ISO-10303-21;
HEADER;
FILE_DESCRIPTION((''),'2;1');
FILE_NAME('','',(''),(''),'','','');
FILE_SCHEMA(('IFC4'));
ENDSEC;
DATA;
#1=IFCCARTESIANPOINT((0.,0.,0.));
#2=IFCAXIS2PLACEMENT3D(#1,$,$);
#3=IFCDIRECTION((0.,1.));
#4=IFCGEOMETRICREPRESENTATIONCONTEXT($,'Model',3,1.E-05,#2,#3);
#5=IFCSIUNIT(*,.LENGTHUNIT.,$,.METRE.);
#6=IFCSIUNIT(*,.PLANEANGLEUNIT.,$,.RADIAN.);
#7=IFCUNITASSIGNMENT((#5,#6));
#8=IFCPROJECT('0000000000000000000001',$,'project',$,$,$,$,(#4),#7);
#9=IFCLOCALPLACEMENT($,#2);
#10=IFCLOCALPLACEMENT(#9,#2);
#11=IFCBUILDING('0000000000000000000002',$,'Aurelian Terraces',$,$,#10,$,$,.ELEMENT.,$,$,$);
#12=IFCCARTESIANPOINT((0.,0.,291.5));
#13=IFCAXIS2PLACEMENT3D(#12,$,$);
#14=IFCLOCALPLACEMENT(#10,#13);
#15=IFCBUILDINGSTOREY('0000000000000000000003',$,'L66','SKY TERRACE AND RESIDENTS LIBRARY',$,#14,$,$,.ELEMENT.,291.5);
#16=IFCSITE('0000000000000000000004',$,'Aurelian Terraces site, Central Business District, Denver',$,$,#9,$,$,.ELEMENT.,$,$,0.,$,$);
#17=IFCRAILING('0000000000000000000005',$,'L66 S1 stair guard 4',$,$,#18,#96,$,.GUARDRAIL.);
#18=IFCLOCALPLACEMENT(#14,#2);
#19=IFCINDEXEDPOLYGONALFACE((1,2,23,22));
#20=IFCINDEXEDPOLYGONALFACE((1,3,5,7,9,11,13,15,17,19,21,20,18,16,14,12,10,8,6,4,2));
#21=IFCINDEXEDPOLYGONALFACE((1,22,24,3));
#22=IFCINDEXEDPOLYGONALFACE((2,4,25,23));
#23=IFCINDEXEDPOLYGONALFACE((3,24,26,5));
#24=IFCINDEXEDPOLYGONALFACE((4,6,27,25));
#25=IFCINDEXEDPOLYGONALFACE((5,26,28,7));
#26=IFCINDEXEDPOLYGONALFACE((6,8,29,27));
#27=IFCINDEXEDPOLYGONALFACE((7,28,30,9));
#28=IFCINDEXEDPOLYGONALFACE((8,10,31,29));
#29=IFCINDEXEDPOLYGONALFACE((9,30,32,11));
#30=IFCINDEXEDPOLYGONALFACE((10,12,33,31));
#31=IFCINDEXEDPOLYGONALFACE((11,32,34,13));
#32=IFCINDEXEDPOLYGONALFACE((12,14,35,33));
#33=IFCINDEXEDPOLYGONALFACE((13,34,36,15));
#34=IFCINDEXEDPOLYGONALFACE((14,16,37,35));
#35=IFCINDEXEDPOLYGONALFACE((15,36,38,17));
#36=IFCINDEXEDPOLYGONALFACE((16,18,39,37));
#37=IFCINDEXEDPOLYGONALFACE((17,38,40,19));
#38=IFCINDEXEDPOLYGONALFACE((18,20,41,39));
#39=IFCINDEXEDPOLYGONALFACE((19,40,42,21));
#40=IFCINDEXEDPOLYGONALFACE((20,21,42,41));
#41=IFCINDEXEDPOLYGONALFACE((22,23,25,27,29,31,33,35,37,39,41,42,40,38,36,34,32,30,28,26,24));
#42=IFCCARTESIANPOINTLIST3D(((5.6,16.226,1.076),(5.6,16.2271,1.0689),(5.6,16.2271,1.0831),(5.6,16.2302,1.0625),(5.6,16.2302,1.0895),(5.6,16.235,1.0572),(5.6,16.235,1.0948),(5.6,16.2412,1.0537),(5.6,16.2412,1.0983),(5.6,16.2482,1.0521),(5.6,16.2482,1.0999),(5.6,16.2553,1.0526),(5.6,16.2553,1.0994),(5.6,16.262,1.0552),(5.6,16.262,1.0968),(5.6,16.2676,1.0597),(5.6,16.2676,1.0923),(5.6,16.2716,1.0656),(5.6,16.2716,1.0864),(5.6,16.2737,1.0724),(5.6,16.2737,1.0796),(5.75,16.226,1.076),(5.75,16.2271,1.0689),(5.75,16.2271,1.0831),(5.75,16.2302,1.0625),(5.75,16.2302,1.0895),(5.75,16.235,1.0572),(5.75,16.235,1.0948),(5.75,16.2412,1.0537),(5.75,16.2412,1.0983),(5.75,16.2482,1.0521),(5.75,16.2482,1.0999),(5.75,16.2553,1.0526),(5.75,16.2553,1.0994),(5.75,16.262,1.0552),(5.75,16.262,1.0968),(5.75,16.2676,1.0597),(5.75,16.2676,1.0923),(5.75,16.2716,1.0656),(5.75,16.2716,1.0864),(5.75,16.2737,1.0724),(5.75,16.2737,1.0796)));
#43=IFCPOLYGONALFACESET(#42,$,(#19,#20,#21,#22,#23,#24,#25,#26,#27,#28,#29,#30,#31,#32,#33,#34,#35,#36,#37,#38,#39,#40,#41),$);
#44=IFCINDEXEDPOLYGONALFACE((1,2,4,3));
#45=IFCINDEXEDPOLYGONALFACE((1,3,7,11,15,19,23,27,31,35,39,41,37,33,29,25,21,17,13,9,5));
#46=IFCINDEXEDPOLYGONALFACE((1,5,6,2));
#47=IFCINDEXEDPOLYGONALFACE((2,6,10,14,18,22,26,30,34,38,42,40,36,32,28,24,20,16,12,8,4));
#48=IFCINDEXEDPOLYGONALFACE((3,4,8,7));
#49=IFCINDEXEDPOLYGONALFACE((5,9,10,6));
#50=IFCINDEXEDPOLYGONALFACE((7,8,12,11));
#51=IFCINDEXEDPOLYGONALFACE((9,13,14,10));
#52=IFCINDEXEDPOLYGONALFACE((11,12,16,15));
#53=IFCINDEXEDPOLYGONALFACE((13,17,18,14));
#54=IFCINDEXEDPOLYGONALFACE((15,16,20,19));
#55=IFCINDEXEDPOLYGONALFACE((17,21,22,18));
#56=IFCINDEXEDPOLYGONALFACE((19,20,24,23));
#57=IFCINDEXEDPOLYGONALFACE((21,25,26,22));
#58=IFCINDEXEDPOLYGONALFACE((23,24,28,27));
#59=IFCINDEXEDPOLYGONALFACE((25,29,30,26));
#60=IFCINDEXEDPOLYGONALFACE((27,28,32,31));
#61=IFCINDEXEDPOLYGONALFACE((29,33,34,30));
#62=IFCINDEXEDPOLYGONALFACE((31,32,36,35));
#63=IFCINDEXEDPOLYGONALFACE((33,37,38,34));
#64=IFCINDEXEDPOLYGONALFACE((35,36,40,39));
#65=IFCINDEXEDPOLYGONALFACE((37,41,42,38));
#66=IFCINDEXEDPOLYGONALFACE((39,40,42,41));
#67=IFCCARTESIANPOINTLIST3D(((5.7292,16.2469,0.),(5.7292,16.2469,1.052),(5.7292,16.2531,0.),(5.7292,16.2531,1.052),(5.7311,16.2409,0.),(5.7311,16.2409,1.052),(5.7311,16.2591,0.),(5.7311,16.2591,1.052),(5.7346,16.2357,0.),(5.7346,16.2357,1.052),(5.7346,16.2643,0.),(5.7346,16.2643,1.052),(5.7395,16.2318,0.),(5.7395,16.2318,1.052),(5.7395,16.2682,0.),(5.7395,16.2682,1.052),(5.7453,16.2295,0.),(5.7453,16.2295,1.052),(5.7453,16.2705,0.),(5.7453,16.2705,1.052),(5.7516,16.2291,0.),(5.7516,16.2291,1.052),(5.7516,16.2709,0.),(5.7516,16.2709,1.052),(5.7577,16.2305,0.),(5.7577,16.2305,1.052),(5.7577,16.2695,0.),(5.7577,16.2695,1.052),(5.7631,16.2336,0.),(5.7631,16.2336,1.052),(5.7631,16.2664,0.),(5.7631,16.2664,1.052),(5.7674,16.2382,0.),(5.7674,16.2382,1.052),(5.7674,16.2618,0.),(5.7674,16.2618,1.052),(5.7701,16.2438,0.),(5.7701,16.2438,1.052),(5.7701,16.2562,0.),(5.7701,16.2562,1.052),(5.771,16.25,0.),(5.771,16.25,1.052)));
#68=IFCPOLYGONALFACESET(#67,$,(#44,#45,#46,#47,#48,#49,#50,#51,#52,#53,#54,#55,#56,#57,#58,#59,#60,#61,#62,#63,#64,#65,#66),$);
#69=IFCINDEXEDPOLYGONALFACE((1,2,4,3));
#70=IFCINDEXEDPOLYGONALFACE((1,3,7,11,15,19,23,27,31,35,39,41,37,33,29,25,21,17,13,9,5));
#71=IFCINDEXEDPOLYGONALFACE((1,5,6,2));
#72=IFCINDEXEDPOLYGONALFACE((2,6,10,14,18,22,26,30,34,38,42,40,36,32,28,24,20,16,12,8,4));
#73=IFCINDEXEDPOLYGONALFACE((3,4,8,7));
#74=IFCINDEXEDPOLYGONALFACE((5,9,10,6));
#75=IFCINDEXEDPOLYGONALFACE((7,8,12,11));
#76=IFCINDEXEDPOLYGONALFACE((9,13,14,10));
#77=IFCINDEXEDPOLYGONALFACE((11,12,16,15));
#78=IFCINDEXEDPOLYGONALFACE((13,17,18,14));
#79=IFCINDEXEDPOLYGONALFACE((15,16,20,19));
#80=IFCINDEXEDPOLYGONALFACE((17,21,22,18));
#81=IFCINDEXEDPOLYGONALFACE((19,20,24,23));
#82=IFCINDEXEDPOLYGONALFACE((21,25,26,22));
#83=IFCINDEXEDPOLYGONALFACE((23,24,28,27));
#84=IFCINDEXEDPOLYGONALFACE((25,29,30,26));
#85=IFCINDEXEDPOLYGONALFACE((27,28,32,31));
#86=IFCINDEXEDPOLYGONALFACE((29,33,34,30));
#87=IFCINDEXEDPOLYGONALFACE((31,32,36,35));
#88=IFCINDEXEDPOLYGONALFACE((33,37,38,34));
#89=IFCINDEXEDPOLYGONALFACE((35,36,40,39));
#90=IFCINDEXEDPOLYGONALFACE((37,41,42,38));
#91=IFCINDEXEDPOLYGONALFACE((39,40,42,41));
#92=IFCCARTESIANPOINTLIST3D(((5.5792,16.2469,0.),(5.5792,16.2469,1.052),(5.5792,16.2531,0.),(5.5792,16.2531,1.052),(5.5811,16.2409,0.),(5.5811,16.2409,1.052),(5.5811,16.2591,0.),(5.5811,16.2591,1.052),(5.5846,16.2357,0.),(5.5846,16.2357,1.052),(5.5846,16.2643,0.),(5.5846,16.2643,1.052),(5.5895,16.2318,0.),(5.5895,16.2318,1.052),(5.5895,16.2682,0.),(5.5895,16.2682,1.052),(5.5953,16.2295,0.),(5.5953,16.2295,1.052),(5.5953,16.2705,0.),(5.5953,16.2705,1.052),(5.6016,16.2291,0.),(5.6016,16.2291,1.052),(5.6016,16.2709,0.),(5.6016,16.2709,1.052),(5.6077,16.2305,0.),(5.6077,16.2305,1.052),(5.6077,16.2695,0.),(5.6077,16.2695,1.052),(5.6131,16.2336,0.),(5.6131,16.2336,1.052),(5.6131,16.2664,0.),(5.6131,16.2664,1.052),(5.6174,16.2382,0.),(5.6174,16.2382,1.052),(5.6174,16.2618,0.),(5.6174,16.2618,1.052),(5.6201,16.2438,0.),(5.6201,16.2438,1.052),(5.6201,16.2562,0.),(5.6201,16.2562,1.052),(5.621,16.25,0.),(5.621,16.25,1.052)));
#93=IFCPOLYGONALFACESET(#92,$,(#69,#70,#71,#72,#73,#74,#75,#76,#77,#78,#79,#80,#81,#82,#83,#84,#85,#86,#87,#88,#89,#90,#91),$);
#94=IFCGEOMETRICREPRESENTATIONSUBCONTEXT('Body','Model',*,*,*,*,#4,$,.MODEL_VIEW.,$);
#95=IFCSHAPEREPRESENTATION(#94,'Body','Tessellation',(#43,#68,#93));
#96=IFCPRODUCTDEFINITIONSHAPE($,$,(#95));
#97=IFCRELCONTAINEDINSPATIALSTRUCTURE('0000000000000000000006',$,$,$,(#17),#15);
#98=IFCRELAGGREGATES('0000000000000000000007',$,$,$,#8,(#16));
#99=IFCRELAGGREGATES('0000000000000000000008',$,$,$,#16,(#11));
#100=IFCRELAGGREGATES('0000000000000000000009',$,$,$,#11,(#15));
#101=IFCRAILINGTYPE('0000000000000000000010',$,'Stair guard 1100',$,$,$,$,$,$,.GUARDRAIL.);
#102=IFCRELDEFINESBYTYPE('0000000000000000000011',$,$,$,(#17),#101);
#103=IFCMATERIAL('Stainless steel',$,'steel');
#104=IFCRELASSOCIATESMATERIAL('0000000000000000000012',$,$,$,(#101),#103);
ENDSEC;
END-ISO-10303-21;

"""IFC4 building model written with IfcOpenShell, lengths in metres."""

from ifc_helpers import new_model, si_unit, direction, frame, origin, origin_2d, place, context, subcontext, project, spatial, circle, extrude, source, transform, mapped, material, type_object, element, save


model = new_model("IFC4")

# Units and contexts
model_context = context("Model", 3, precision=1e-05, world=origin(), true_north=direction((0.0, 1.0)))
body_context = subcontext(model_context, "Body", "Model", "MODEL_VIEW")
ifc_project = project(units=[si_unit("LENGTHUNIT", "METRE"), si_unit("PLANEANGLEUNIT", "RADIAN")], contexts=[model_context])

# Site, building, storey
site_placement = place(None, origin())
site = spatial("IfcSite", under=ifc_project, at=site_placement, Name="Aurelian Terraces site, Central Business District, Denver", CompositionType="ELEMENT", RefElevation=0.0)
building_placement = place(site_placement, origin())
building = spatial("IfcBuilding", under=site, at=building_placement, Name="Aurelian Terraces", CompositionType="ELEMENT")
storey_placement = place(building_placement, frame((0.0, 0.0, 291.5)))
storey = spatial("IfcBuildingStorey", under=building, at=storey_placement, Name="L66", Description="SKY TERRACE AND RESIDENTS LIBRARY", CompositionType="ELEMENT", Elevation=291.5)

# Railing
ifc_material_1 = material(Name="Stainless steel", Category="steel")
railing_type_1 = type_object("IfcRailingType", Name="Stair guard 1100", PredefinedType="GUARDRAIL", material=ifc_material_1)
shared_shape_1 = source(origin(), body_context, "Body", "SweptSolid", [
    extrude(circle(Radius=0.024, at=origin_2d()), frame((0.0, 0.0, 1.076), z_axis=(-1.0, 0.0, 0.0), x_axis=(0.0, -1.0, 0.0)), (0.0, 0.0, 1.0), 0.15),
    extrude(circle(Radius=0.021, at=origin_2d()), origin(), (0.0, 0.0, 1.0), 1.052),
    extrude(circle(Radius=0.021, at=origin_2d()), frame((-0.15, 0.0, 0.0)), (0.0, 0.0, 1.0), 1.052),
])
for number, where, name in (
    (1, (5.75, 16.25, 0.0), "L66 S1 stair guard 4"),
):
    element("IfcRailing", number, at=place(storey_placement, frame(where)), inside=storey, type_object=railing_type_1, Name=name, PredefinedType="GUARDRAIL", context=body_context, shape_type="MappedRepresentation", body=[
        mapped(shared_shape_1, transform((0.0, 0.0, 0.0), scale=1.0)),
    ])

save(model, "model.ifc")
